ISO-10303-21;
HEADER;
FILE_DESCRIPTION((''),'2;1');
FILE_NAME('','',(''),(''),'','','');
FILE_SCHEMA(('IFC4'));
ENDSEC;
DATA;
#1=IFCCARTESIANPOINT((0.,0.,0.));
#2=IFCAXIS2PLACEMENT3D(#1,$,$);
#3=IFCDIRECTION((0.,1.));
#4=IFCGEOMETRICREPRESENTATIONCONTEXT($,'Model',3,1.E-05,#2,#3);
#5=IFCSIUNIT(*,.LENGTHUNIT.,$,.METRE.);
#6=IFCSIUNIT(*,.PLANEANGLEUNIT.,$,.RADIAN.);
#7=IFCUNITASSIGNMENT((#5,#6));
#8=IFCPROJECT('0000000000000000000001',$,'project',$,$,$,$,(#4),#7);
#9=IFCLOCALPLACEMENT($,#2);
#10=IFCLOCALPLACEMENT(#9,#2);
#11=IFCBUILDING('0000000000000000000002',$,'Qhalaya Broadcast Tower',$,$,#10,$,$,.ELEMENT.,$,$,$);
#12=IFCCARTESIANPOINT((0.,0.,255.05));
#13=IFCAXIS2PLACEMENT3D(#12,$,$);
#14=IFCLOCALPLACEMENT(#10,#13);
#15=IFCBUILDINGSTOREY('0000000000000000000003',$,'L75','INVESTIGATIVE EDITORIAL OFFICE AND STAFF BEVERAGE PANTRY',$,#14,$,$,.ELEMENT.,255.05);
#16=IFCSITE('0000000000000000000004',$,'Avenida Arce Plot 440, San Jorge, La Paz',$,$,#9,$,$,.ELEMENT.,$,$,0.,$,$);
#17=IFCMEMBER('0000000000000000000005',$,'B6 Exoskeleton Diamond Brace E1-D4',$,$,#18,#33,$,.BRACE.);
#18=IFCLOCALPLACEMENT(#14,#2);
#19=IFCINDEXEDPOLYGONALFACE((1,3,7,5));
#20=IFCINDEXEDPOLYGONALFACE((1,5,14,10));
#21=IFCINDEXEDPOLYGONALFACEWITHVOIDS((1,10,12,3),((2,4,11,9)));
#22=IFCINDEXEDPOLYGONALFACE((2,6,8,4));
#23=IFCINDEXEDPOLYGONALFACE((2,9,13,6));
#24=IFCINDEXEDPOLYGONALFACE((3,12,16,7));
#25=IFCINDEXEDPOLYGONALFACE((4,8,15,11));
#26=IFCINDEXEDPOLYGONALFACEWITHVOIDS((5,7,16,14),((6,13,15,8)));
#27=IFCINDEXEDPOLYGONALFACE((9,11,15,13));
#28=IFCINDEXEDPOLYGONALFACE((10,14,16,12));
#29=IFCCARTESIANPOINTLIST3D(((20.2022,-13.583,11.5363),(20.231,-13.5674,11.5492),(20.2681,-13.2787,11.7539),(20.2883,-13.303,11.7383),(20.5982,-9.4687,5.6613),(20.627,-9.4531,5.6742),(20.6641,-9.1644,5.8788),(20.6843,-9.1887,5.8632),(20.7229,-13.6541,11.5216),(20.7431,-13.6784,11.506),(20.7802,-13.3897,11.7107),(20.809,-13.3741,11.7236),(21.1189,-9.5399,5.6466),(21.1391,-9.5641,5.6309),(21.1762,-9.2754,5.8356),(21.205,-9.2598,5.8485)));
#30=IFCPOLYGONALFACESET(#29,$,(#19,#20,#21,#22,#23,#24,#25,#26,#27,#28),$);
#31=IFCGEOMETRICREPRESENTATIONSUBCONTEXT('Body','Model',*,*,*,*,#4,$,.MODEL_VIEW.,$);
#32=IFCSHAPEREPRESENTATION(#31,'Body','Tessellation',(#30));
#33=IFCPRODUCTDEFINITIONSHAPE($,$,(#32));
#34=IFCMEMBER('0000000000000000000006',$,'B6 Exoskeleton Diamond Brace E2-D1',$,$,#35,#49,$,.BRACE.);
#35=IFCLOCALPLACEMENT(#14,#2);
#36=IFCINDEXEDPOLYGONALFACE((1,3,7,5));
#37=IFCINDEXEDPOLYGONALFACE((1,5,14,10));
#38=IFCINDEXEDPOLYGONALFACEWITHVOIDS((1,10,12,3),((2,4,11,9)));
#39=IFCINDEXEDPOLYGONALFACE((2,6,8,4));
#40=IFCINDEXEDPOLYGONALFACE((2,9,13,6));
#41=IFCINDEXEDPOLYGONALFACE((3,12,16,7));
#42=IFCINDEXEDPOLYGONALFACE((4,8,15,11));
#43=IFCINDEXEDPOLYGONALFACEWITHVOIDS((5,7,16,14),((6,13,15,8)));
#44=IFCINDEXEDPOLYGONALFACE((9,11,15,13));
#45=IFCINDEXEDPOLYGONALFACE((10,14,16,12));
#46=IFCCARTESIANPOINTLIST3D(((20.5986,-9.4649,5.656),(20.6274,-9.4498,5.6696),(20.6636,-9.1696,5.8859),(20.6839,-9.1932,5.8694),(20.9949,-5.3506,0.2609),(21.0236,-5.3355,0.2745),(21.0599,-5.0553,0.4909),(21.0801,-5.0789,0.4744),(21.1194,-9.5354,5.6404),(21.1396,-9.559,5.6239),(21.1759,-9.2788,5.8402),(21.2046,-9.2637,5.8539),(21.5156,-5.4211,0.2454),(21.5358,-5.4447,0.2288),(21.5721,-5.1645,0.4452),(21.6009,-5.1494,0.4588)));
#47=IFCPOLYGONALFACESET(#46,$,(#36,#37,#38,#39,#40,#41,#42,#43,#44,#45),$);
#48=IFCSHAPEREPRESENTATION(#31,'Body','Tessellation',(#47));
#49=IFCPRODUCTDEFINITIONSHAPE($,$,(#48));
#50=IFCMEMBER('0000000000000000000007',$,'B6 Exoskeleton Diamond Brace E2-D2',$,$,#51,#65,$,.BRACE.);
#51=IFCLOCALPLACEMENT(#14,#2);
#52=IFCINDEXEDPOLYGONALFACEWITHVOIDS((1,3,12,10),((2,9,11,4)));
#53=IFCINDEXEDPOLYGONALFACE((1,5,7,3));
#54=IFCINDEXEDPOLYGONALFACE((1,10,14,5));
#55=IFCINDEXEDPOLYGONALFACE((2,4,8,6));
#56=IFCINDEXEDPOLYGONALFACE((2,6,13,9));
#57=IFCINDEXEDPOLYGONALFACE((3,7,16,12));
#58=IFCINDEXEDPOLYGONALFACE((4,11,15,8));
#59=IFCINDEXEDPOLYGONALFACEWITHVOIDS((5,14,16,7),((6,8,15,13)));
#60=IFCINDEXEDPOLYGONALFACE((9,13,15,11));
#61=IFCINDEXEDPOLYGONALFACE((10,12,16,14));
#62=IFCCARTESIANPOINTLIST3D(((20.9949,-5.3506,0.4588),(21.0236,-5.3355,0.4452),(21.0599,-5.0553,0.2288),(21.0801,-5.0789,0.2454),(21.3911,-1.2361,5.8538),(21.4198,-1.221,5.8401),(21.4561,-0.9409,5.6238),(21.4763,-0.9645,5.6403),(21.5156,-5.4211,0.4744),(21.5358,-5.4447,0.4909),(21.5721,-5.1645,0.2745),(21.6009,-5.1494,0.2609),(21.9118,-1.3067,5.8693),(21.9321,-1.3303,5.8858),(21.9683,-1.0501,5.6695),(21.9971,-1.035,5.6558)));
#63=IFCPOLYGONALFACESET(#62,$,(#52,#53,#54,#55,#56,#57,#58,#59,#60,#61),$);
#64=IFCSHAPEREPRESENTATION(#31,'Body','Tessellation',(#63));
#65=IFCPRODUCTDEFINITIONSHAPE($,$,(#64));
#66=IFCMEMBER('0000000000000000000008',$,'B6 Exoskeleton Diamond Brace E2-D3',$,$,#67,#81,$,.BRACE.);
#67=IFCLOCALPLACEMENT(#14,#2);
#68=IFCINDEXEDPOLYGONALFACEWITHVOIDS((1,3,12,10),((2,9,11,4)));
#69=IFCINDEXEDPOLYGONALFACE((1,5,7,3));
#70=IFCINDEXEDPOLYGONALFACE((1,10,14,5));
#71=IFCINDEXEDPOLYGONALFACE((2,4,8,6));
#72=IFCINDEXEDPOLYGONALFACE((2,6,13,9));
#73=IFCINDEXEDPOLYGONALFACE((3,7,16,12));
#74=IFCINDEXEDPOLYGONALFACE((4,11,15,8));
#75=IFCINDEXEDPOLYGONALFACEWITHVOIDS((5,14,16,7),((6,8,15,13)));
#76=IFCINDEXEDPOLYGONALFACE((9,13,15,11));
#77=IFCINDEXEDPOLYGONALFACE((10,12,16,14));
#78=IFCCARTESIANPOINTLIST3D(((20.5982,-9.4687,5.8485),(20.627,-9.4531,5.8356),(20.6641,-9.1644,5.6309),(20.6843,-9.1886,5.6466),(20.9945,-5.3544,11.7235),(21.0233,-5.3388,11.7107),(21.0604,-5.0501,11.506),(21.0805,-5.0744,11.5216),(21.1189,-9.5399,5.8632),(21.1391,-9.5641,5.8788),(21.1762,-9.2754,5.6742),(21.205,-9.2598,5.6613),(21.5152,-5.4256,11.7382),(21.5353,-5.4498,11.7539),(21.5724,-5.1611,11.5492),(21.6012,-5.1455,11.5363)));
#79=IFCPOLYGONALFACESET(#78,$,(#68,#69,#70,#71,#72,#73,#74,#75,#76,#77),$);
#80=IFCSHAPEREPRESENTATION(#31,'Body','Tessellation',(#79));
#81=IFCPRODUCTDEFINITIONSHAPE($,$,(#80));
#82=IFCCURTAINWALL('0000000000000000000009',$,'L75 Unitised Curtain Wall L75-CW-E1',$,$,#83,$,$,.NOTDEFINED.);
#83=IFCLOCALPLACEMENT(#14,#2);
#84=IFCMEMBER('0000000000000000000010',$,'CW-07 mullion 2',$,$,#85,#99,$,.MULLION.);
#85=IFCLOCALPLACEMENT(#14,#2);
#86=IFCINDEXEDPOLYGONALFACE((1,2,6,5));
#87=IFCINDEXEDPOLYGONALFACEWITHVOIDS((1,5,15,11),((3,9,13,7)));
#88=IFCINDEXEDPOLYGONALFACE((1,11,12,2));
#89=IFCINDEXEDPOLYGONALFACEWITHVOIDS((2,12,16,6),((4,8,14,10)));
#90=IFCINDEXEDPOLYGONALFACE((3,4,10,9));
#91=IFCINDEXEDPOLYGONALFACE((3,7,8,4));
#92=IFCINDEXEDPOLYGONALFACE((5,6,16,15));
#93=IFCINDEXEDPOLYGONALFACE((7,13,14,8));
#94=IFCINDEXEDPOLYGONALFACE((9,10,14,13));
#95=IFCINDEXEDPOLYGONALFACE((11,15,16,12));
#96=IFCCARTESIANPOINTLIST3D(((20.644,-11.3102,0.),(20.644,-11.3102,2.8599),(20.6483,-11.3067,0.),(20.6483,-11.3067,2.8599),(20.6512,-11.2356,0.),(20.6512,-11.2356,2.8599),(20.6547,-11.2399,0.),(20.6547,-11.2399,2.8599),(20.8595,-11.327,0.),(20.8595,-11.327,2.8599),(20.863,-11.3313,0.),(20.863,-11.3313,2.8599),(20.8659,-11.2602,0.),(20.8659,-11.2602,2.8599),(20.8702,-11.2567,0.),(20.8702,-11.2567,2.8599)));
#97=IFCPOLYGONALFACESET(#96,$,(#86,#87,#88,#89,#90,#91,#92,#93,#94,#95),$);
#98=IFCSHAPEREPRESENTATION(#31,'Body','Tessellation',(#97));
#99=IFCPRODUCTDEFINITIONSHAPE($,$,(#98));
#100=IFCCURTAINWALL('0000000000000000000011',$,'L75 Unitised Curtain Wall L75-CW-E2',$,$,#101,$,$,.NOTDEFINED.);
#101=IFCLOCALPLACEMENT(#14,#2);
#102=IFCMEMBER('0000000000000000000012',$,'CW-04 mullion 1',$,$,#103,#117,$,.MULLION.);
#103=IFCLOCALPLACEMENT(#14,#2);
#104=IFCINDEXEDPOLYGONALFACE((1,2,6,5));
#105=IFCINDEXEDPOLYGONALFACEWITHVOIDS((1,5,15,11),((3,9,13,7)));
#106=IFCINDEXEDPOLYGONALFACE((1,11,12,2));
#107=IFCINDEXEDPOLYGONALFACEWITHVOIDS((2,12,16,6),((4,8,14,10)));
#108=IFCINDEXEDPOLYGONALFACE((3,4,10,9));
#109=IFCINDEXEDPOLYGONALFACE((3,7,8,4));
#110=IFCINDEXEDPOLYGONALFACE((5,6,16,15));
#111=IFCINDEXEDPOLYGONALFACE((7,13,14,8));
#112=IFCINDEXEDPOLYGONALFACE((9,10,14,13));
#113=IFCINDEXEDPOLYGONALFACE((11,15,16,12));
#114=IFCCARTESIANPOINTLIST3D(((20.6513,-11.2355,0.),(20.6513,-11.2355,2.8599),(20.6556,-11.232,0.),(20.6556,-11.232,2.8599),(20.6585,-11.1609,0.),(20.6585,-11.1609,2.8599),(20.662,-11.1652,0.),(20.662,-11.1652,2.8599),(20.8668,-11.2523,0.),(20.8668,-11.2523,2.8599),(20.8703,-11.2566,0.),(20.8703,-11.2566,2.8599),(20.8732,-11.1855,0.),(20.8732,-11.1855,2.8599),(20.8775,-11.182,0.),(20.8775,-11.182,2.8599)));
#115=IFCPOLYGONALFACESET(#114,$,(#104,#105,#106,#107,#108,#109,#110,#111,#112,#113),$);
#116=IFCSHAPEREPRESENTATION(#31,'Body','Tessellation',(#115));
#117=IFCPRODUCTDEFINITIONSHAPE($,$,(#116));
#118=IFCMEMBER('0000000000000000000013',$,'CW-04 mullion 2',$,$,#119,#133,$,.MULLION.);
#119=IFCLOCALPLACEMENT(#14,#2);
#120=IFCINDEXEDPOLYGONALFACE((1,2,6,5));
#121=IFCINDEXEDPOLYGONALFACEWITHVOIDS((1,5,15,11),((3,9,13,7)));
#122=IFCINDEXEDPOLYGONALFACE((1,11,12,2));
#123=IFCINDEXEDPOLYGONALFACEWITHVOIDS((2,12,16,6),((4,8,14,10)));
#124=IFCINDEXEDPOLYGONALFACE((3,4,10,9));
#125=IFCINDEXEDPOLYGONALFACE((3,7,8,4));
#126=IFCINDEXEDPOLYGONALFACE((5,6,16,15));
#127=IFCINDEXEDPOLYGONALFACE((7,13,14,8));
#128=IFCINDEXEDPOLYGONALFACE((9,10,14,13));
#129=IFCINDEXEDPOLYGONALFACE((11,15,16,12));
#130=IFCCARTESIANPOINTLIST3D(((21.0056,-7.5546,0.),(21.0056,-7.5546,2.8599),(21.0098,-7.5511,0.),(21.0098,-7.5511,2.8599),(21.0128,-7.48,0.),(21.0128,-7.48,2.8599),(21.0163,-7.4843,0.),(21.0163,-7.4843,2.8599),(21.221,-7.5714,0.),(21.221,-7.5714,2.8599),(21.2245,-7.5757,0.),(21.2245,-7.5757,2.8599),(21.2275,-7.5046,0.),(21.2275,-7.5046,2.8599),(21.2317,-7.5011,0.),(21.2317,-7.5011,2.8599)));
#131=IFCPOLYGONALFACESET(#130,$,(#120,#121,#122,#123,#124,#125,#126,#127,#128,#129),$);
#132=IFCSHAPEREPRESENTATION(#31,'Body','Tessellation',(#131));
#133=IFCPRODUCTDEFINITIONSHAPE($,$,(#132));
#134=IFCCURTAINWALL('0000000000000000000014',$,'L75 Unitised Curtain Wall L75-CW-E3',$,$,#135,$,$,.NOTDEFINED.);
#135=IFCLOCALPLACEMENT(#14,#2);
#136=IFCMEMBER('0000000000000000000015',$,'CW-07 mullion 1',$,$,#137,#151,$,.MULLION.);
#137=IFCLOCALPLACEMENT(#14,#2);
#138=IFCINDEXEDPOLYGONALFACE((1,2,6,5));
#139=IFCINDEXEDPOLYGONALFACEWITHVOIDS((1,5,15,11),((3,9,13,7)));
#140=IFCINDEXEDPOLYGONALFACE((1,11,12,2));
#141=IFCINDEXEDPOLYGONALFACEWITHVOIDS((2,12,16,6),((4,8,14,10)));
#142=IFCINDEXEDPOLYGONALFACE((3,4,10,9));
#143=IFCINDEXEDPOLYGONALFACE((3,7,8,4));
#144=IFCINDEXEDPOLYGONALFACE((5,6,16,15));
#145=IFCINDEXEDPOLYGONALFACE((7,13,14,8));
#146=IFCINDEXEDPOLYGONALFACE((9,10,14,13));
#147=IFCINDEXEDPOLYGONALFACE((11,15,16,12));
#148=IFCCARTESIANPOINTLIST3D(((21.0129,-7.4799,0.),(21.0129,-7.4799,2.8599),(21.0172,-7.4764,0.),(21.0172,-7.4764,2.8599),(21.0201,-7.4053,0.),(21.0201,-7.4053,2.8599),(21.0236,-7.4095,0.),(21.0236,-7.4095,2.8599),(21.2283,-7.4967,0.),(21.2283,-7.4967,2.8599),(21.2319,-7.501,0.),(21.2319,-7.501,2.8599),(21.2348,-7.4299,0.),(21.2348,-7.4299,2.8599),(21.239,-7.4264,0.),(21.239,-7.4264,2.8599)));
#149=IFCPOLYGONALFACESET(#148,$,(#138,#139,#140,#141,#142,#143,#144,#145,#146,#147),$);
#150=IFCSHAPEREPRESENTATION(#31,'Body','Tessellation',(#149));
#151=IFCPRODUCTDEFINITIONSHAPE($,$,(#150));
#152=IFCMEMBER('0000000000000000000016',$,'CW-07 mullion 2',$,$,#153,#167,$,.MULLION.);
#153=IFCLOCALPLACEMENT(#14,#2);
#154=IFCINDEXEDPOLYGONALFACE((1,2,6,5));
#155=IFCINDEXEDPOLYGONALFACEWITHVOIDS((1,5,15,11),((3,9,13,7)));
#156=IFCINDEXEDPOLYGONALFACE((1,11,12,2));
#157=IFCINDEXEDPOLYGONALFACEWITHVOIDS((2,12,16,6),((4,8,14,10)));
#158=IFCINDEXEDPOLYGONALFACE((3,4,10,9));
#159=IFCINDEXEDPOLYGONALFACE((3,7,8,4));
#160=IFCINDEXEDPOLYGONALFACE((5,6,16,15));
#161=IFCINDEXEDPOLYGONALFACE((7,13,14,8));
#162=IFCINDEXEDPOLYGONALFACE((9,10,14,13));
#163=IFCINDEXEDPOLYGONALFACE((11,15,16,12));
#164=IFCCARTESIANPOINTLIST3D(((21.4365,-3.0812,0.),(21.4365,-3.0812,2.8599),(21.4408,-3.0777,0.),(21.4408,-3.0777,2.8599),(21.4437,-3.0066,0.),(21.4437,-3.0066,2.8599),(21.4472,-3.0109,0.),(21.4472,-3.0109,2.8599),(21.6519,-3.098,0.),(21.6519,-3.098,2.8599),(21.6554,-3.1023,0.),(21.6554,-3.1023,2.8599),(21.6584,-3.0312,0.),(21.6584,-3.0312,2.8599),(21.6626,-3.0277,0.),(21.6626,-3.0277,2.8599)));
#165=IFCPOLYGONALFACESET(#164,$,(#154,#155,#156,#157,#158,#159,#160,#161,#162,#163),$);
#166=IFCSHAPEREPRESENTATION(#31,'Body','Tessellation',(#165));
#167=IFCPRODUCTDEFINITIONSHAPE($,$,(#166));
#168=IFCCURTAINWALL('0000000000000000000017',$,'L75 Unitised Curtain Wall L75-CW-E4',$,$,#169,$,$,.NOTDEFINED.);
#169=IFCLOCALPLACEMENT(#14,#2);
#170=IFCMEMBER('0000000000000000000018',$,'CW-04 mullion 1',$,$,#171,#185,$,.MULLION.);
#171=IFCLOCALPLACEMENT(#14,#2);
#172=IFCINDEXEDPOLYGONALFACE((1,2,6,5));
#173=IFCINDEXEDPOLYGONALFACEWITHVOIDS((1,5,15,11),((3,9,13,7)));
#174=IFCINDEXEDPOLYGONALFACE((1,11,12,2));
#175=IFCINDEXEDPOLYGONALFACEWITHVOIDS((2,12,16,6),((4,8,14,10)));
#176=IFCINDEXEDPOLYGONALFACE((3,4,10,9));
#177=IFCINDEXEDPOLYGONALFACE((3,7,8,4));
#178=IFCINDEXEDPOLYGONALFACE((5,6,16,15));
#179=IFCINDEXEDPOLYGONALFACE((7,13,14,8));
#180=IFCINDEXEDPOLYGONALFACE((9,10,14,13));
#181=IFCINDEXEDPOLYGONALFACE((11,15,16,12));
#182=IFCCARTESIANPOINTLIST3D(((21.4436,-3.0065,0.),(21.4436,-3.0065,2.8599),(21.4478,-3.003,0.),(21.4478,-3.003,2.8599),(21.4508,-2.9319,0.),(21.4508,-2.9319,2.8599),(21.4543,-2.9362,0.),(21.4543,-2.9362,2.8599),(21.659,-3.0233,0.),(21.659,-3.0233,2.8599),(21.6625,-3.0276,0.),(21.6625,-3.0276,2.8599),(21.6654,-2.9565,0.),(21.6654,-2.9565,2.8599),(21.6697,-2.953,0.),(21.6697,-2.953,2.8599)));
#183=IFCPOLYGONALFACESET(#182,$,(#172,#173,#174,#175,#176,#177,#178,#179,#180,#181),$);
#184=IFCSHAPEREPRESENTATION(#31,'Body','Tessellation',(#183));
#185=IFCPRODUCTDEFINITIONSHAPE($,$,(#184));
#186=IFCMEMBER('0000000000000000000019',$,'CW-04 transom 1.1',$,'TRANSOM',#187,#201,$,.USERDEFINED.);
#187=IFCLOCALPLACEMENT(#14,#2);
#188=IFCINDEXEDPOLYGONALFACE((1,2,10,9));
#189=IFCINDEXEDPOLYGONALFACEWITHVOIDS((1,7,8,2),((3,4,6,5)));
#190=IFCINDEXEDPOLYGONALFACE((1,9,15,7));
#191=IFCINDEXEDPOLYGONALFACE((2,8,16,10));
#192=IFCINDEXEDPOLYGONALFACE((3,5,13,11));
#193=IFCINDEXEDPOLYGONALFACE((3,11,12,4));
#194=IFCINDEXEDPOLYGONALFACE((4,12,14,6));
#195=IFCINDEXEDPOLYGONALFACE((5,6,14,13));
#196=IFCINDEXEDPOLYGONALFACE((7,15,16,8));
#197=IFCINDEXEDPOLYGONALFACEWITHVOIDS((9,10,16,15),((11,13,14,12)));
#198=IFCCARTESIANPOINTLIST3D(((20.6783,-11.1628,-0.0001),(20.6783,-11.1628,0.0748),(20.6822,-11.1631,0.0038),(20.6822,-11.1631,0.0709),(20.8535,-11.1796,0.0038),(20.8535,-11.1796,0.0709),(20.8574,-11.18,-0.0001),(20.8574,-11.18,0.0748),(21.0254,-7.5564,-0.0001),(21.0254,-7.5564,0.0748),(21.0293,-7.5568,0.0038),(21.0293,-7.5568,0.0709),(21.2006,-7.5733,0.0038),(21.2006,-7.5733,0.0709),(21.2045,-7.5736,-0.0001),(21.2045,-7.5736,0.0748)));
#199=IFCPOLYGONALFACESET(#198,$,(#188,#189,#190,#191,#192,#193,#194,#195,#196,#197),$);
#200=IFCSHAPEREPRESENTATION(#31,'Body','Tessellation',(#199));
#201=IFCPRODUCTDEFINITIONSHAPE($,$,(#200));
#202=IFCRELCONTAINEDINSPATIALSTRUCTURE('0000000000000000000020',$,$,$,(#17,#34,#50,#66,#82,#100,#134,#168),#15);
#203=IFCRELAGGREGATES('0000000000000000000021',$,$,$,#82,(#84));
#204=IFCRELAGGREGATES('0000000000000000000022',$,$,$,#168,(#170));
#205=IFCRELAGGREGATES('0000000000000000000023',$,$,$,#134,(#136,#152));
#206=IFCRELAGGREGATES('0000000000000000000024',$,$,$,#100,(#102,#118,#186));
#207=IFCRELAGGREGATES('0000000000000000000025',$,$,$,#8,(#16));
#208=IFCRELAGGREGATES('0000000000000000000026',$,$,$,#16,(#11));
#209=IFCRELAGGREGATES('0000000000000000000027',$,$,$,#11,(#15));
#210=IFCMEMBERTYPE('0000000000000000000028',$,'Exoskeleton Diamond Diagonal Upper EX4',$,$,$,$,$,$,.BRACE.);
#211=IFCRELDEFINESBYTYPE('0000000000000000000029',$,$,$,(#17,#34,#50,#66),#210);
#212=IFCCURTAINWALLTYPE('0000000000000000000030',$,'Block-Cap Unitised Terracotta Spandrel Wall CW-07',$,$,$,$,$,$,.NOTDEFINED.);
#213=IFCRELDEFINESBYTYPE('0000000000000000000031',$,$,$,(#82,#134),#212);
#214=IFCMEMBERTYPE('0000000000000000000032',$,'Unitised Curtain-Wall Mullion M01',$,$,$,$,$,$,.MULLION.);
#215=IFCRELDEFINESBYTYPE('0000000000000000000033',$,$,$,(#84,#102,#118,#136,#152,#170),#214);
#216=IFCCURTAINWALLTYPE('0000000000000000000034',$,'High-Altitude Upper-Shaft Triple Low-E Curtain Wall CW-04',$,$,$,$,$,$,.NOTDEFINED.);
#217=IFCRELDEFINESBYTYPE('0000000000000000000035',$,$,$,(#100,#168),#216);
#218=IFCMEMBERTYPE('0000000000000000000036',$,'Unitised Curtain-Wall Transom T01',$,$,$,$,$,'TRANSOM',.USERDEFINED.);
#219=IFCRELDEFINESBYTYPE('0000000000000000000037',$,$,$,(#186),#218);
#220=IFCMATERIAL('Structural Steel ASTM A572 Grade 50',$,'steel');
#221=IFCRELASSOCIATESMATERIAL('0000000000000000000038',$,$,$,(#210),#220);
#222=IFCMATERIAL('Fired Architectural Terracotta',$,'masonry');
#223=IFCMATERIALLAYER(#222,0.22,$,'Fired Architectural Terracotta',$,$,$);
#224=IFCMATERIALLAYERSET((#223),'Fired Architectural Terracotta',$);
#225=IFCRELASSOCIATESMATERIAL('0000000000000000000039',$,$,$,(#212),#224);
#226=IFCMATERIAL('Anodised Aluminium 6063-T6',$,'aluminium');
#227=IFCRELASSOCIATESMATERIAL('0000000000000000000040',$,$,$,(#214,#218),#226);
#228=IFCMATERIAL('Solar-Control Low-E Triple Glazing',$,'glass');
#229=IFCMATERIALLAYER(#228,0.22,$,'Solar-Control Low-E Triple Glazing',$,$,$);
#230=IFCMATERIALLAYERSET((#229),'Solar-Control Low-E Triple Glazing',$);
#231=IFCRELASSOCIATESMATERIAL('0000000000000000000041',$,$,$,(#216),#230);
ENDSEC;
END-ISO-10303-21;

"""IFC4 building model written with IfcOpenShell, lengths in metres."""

from ifc_helpers import new_model, si_unit, direction, frame, origin, origin_2d, place, context, subcontext, project, spatial, hollow_rectangle, extrude, material, layer, layer_set, material_profile, profile_set, type_object, element, aggregate, save


model = new_model("IFC4")

# Units and contexts
model_context = context("Model", 3, precision=1e-05, world=origin(), true_north=direction((0.0, 1.0)))
body_context = subcontext(model_context, "Body", "Model", "MODEL_VIEW")
ifc_project = project(units=[si_unit("LENGTHUNIT", "METRE"), si_unit("PLANEANGLEUNIT", "RADIAN")], contexts=[model_context])

# Site, building, storey
site_placement = place(None, origin())
site = spatial("IfcSite", under=ifc_project, at=site_placement, Name="Avenida Arce Plot 440, San Jorge, La Paz", CompositionType="ELEMENT", RefElevation=0.0)
building_placement = place(site_placement, origin())
building = spatial("IfcBuilding", under=site, at=building_placement, Name="Qhalaya Broadcast Tower", CompositionType="ELEMENT")
storey_placement = place(building_placement, frame((0.0, 0.0, 255.05)))
storey = spatial("IfcBuildingStorey", under=building, at=storey_placement, Name="L75", Description="INVESTIGATIVE EDITORIAL OFFICE AND STAFF BEVERAGE PANTRY", CompositionType="ELEMENT", Elevation=255.05)

# Members
ifc_material_1 = material(Name="Structural Steel ASTM A572 Grade 50", Category="steel")
ifc_material_profile_1 = material_profile(ifc_material_1, hollow_rectangle(XDim=0.3799, YDim=0.55, WallThickness=0.0249, at=origin_2d()), Name="BOX 380x550x25")
ifc_profile_set_1 = profile_set([ifc_material_profile_1], Name="Structural Steel ASTM A572 Grade 50")
member_type_1 = type_object("IfcMemberType", Name="Exoskeleton Diamond Diagonal Upper EX4", PredefinedType="BRACE", material=ifc_profile_set_1)
member_1_placement = place(storey_placement, frame((20.9016, -9.3643, 5.7549), z_axis=(-0.055127, -0.572755, 0.817871), x_axis=(0.173402, 0.801178, 0.572752)))
element("IfcMember", 1, at=member_1_placement, inside=storey, type_object=member_type_1, Name="B6 Exoskeleton Diamond Brace E1-D4", PredefinedType="BRACE", context=body_context, shape_type="SweptSolid", body=[
    extrude(hollow_rectangle(XDim=0.3799, YDim=0.55, WallThickness=0.0249, at=origin_2d()), origin(), (0.0, 0.0, 1.0), 7.1833),
])
for number, where, z_axis, x_axis, name in (
    (2, (21.2979, -5.25, 0.3599), (-0.058302, -0.605363, 0.793811), (0.171153, 0.777329, 0.605364), "B6 Exoskeleton Diamond Brace E2-D1"),
    (3, (21.2979, -5.25, 0.3599), (0.058301, 0.605386, 0.793794), (-0.171147, -0.777313, 0.605387), "B6 Exoskeleton Diamond Brace E2-D2"),
):
    element("IfcMember", number, at=place(storey_placement, frame(where, z_axis=z_axis, x_axis=x_axis)), inside=storey, type_object=member_type_1, Name=name, PredefinedType="BRACE", context=body_context, shape_type="SweptSolid", body=[
        extrude(hollow_rectangle(XDim=0.3799, YDim=0.55, WallThickness=0.0249, at=origin_2d()), origin(), (0.0, 0.0, 1.0), 6.7964),
    ])
member_2_placement = place(storey_placement, frame((20.9016, -9.3643, 5.7549), z_axis=(0.055161, 0.572753, 0.81787), x_axis=(-0.173449, -0.801166, 0.572755)))
element("IfcMember", 4, at=member_2_placement, inside=storey, type_object=member_type_1, Name="B6 Exoskeleton Diamond Brace E2-D3", PredefinedType="BRACE", context=body_context, shape_type="SweptSolid", body=[
    extrude(hollow_rectangle(XDim=0.3799, YDim=0.55, WallThickness=0.0249, at=origin_2d()), origin(), (0.0, 0.0, 1.0), 7.1833),
])

# Curtain wall, member
ifc_material_2 = material(Name="Fired Architectural Terracotta", Category="masonry")
ifc_layer_1 = layer(ifc_material_2, 0.22, Name="Fired Architectural Terracotta")
ifc_layer_set_1 = layer_set([ifc_layer_1], Name="Fired Architectural Terracotta")
curtain_wall_type_1 = type_object("IfcCurtainWallType", Name="Block-Cap Unitised Terracotta Spandrel Wall CW-07", PredefinedType="NOTDEFINED", material=ifc_layer_set_1)
curtain_wall_1_placement = place(storey_placement, origin())
curtain_wall_1 = element("IfcCurtainWall", 5, at=curtain_wall_1_placement, inside=storey, type_object=curtain_wall_type_1, Name="L75 Unitised Curtain Wall L75-CW-E1", PredefinedType="NOTDEFINED")
ifc_material_3 = material(Name="Anodised Aluminium 6063-T6", Category="aluminium")
ifc_material_profile_2 = material_profile(ifc_material_3, hollow_rectangle(XDim=0.075, YDim=0.22, WallThickness=0.0039, at=origin_2d()), Name="ALU-MUL 75x220x4")
ifc_profile_set_2 = profile_set([ifc_material_profile_2], Name="Anodised Aluminium 6063-T6")
member_type_2 = type_object("IfcMemberType", Name="Unitised Curtain-Wall Mullion M01", PredefinedType="MULLION", material=ifc_profile_set_2)
member_3_placement = place(storey_placement, frame((20.7571, -11.2834, 0.0), z_axis=(0.0, 0.0, 1.0), x_axis=(0.095848, 0.995396, 0.0)))
member_3 = element("IfcMember", 6, at=member_3_placement, type_object=member_type_2, Name="CW-07 mullion 2", PredefinedType="MULLION", context=body_context, shape_type="SweptSolid", body=[
    extrude(hollow_rectangle(XDim=0.075, YDim=0.22, WallThickness=0.0039, at=origin_2d()), origin(), (0.0, 0.0, 1.0), 2.8599),
])
aggregate(curtain_wall_1, [member_3])

# Curtain walls, members
ifc_material_4 = material(Name="Solar-Control Low-E Triple Glazing", Category="glass")
ifc_layer_2 = layer(ifc_material_4, 0.22, Name="Solar-Control Low-E Triple Glazing")
ifc_layer_set_2 = layer_set([ifc_layer_2], Name="Solar-Control Low-E Triple Glazing")
curtain_wall_type_2 = type_object("IfcCurtainWallType", Name="High-Altitude Upper-Shaft Triple Low-E Curtain Wall CW-04", PredefinedType="NOTDEFINED", material=ifc_layer_set_2)
curtain_wall_2_placement = place(storey_placement, origin())
curtain_wall_2 = element("IfcCurtainWall", 7, at=curtain_wall_2_placement, inside=storey, type_object=curtain_wall_type_2, Name="L75 Unitised Curtain Wall L75-CW-E2", PredefinedType="NOTDEFINED")
member_4_placement = place(storey_placement, frame((20.7644, -11.2087, 0.0), z_axis=(0.0, 0.0, 1.0), x_axis=(0.09584, 0.995397, 0.0)))
member_4 = element("IfcMember", 8, at=member_4_placement, type_object=member_type_2, Name="CW-04 mullion 1", PredefinedType="MULLION", context=body_context, shape_type="SweptSolid", body=[
    extrude(hollow_rectangle(XDim=0.075, YDim=0.22, WallThickness=0.0039, at=origin_2d()), origin(), (0.0, 0.0, 1.0), 2.8599),
])
member_5_placement = place(storey_placement, frame((21.1187, -7.5278, 0.0), z_axis=(0.0, 0.0, 1.0), x_axis=(0.09584, 0.995397, 0.0)))
member_5 = element("IfcMember", 9, at=member_5_placement, type_object=member_type_2, Name="CW-04 mullion 2", PredefinedType="MULLION", context=body_context, shape_type="SweptSolid", body=[
    extrude(hollow_rectangle(XDim=0.075, YDim=0.22, WallThickness=0.0039, at=origin_2d()), origin(), (0.0, 0.0, 1.0), 2.8599),
])
curtain_wall_3_placement = place(storey_placement, origin())
curtain_wall_3 = element("IfcCurtainWall", 10, at=curtain_wall_3_placement, inside=storey, type_object=curtain_wall_type_1, Name="L75 Unitised Curtain Wall L75-CW-E3", PredefinedType="NOTDEFINED")
member_6_placement = place(storey_placement, frame((21.126, -7.4531, 0.0), z_axis=(0.0, 0.0, 1.0), x_axis=(0.095861, 0.995395, 0.0)))
member_6 = element("IfcMember", 11, at=member_6_placement, type_object=member_type_2, Name="CW-07 mullion 1", PredefinedType="MULLION", context=body_context, shape_type="SweptSolid", body=[
    extrude(hollow_rectangle(XDim=0.075, YDim=0.22, WallThickness=0.0039, at=origin_2d()), origin(), (0.0, 0.0, 1.0), 2.8599),
])
member_7_placement = place(storey_placement, frame((21.5496, -3.0544, 0.0), z_axis=(0.0, 0.0, 1.0), x_axis=(0.095861, 0.995395, 0.0)))
member_7 = element("IfcMember", 12, at=member_7_placement, type_object=member_type_2, Name="CW-07 mullion 2", PredefinedType="MULLION", context=body_context, shape_type="SweptSolid", body=[
    extrude(hollow_rectangle(XDim=0.075, YDim=0.22, WallThickness=0.0039, at=origin_2d()), origin(), (0.0, 0.0, 1.0), 2.8599),
])

# Curtain wall, member
curtain_wall_4_placement = place(storey_placement, origin())
curtain_wall_4 = element("IfcCurtainWall", 13, at=curtain_wall_4_placement, inside=storey, type_object=curtain_wall_type_2, Name="L75 Unitised Curtain Wall L75-CW-E4", PredefinedType="NOTDEFINED")
member_8_placement = place(storey_placement, frame((21.5566, -2.9797, 0.0), z_axis=(0.0, 0.0, 1.0), x_axis=(0.09584, 0.995397, 0.0)))
member_8 = element("IfcMember", 14, at=member_8_placement, type_object=member_type_2, Name="CW-04 mullion 1", PredefinedType="MULLION", context=body_context, shape_type="SweptSolid", body=[
    extrude(hollow_rectangle(XDim=0.075, YDim=0.22, WallThickness=0.0039, at=origin_2d()), origin(), (0.0, 0.0, 1.0), 2.8599),
])

# Member
ifc_material_profile_3 = material_profile(ifc_material_3, hollow_rectangle(XDim=0.075, YDim=0.1799, WallThickness=0.0039, at=origin_2d()), Name="ALU-TRN 75x180x4")
ifc_profile_set_3 = profile_set([ifc_material_profile_3], Name="Anodised Aluminium 6063-T6")
member_type_3 = type_object("IfcMemberType", Name="Unitised Curtain-Wall Transom T01", ElementType="TRANSOM", PredefinedType="USERDEFINED", material=ifc_profile_set_3)
member_9_placement = place(storey_placement, frame((20.7678, -11.1714, 0.0374), z_axis=(0.09582, 0.995399, 0.0), x_axis=(0.0, 0.0, 1.0)))
member_9 = element("IfcMember", 15, at=member_9_placement, type_object=member_type_3, Name="CW-04 transom 1.1", ObjectType="TRANSOM", PredefinedType="USERDEFINED", context=body_context, shape_type="SweptSolid", body=[
    extrude(hollow_rectangle(XDim=0.075, YDim=0.1799, WallThickness=0.0039, at=origin_2d()), origin(), (0.0, 0.0, 1.0), 3.623),
])
aggregate(curtain_wall_4, [member_8])

aggregate(curtain_wall_3, [member_6, member_7])
aggregate(curtain_wall_2, [member_4, member_5, member_9])

save(model, "model.ifc")
